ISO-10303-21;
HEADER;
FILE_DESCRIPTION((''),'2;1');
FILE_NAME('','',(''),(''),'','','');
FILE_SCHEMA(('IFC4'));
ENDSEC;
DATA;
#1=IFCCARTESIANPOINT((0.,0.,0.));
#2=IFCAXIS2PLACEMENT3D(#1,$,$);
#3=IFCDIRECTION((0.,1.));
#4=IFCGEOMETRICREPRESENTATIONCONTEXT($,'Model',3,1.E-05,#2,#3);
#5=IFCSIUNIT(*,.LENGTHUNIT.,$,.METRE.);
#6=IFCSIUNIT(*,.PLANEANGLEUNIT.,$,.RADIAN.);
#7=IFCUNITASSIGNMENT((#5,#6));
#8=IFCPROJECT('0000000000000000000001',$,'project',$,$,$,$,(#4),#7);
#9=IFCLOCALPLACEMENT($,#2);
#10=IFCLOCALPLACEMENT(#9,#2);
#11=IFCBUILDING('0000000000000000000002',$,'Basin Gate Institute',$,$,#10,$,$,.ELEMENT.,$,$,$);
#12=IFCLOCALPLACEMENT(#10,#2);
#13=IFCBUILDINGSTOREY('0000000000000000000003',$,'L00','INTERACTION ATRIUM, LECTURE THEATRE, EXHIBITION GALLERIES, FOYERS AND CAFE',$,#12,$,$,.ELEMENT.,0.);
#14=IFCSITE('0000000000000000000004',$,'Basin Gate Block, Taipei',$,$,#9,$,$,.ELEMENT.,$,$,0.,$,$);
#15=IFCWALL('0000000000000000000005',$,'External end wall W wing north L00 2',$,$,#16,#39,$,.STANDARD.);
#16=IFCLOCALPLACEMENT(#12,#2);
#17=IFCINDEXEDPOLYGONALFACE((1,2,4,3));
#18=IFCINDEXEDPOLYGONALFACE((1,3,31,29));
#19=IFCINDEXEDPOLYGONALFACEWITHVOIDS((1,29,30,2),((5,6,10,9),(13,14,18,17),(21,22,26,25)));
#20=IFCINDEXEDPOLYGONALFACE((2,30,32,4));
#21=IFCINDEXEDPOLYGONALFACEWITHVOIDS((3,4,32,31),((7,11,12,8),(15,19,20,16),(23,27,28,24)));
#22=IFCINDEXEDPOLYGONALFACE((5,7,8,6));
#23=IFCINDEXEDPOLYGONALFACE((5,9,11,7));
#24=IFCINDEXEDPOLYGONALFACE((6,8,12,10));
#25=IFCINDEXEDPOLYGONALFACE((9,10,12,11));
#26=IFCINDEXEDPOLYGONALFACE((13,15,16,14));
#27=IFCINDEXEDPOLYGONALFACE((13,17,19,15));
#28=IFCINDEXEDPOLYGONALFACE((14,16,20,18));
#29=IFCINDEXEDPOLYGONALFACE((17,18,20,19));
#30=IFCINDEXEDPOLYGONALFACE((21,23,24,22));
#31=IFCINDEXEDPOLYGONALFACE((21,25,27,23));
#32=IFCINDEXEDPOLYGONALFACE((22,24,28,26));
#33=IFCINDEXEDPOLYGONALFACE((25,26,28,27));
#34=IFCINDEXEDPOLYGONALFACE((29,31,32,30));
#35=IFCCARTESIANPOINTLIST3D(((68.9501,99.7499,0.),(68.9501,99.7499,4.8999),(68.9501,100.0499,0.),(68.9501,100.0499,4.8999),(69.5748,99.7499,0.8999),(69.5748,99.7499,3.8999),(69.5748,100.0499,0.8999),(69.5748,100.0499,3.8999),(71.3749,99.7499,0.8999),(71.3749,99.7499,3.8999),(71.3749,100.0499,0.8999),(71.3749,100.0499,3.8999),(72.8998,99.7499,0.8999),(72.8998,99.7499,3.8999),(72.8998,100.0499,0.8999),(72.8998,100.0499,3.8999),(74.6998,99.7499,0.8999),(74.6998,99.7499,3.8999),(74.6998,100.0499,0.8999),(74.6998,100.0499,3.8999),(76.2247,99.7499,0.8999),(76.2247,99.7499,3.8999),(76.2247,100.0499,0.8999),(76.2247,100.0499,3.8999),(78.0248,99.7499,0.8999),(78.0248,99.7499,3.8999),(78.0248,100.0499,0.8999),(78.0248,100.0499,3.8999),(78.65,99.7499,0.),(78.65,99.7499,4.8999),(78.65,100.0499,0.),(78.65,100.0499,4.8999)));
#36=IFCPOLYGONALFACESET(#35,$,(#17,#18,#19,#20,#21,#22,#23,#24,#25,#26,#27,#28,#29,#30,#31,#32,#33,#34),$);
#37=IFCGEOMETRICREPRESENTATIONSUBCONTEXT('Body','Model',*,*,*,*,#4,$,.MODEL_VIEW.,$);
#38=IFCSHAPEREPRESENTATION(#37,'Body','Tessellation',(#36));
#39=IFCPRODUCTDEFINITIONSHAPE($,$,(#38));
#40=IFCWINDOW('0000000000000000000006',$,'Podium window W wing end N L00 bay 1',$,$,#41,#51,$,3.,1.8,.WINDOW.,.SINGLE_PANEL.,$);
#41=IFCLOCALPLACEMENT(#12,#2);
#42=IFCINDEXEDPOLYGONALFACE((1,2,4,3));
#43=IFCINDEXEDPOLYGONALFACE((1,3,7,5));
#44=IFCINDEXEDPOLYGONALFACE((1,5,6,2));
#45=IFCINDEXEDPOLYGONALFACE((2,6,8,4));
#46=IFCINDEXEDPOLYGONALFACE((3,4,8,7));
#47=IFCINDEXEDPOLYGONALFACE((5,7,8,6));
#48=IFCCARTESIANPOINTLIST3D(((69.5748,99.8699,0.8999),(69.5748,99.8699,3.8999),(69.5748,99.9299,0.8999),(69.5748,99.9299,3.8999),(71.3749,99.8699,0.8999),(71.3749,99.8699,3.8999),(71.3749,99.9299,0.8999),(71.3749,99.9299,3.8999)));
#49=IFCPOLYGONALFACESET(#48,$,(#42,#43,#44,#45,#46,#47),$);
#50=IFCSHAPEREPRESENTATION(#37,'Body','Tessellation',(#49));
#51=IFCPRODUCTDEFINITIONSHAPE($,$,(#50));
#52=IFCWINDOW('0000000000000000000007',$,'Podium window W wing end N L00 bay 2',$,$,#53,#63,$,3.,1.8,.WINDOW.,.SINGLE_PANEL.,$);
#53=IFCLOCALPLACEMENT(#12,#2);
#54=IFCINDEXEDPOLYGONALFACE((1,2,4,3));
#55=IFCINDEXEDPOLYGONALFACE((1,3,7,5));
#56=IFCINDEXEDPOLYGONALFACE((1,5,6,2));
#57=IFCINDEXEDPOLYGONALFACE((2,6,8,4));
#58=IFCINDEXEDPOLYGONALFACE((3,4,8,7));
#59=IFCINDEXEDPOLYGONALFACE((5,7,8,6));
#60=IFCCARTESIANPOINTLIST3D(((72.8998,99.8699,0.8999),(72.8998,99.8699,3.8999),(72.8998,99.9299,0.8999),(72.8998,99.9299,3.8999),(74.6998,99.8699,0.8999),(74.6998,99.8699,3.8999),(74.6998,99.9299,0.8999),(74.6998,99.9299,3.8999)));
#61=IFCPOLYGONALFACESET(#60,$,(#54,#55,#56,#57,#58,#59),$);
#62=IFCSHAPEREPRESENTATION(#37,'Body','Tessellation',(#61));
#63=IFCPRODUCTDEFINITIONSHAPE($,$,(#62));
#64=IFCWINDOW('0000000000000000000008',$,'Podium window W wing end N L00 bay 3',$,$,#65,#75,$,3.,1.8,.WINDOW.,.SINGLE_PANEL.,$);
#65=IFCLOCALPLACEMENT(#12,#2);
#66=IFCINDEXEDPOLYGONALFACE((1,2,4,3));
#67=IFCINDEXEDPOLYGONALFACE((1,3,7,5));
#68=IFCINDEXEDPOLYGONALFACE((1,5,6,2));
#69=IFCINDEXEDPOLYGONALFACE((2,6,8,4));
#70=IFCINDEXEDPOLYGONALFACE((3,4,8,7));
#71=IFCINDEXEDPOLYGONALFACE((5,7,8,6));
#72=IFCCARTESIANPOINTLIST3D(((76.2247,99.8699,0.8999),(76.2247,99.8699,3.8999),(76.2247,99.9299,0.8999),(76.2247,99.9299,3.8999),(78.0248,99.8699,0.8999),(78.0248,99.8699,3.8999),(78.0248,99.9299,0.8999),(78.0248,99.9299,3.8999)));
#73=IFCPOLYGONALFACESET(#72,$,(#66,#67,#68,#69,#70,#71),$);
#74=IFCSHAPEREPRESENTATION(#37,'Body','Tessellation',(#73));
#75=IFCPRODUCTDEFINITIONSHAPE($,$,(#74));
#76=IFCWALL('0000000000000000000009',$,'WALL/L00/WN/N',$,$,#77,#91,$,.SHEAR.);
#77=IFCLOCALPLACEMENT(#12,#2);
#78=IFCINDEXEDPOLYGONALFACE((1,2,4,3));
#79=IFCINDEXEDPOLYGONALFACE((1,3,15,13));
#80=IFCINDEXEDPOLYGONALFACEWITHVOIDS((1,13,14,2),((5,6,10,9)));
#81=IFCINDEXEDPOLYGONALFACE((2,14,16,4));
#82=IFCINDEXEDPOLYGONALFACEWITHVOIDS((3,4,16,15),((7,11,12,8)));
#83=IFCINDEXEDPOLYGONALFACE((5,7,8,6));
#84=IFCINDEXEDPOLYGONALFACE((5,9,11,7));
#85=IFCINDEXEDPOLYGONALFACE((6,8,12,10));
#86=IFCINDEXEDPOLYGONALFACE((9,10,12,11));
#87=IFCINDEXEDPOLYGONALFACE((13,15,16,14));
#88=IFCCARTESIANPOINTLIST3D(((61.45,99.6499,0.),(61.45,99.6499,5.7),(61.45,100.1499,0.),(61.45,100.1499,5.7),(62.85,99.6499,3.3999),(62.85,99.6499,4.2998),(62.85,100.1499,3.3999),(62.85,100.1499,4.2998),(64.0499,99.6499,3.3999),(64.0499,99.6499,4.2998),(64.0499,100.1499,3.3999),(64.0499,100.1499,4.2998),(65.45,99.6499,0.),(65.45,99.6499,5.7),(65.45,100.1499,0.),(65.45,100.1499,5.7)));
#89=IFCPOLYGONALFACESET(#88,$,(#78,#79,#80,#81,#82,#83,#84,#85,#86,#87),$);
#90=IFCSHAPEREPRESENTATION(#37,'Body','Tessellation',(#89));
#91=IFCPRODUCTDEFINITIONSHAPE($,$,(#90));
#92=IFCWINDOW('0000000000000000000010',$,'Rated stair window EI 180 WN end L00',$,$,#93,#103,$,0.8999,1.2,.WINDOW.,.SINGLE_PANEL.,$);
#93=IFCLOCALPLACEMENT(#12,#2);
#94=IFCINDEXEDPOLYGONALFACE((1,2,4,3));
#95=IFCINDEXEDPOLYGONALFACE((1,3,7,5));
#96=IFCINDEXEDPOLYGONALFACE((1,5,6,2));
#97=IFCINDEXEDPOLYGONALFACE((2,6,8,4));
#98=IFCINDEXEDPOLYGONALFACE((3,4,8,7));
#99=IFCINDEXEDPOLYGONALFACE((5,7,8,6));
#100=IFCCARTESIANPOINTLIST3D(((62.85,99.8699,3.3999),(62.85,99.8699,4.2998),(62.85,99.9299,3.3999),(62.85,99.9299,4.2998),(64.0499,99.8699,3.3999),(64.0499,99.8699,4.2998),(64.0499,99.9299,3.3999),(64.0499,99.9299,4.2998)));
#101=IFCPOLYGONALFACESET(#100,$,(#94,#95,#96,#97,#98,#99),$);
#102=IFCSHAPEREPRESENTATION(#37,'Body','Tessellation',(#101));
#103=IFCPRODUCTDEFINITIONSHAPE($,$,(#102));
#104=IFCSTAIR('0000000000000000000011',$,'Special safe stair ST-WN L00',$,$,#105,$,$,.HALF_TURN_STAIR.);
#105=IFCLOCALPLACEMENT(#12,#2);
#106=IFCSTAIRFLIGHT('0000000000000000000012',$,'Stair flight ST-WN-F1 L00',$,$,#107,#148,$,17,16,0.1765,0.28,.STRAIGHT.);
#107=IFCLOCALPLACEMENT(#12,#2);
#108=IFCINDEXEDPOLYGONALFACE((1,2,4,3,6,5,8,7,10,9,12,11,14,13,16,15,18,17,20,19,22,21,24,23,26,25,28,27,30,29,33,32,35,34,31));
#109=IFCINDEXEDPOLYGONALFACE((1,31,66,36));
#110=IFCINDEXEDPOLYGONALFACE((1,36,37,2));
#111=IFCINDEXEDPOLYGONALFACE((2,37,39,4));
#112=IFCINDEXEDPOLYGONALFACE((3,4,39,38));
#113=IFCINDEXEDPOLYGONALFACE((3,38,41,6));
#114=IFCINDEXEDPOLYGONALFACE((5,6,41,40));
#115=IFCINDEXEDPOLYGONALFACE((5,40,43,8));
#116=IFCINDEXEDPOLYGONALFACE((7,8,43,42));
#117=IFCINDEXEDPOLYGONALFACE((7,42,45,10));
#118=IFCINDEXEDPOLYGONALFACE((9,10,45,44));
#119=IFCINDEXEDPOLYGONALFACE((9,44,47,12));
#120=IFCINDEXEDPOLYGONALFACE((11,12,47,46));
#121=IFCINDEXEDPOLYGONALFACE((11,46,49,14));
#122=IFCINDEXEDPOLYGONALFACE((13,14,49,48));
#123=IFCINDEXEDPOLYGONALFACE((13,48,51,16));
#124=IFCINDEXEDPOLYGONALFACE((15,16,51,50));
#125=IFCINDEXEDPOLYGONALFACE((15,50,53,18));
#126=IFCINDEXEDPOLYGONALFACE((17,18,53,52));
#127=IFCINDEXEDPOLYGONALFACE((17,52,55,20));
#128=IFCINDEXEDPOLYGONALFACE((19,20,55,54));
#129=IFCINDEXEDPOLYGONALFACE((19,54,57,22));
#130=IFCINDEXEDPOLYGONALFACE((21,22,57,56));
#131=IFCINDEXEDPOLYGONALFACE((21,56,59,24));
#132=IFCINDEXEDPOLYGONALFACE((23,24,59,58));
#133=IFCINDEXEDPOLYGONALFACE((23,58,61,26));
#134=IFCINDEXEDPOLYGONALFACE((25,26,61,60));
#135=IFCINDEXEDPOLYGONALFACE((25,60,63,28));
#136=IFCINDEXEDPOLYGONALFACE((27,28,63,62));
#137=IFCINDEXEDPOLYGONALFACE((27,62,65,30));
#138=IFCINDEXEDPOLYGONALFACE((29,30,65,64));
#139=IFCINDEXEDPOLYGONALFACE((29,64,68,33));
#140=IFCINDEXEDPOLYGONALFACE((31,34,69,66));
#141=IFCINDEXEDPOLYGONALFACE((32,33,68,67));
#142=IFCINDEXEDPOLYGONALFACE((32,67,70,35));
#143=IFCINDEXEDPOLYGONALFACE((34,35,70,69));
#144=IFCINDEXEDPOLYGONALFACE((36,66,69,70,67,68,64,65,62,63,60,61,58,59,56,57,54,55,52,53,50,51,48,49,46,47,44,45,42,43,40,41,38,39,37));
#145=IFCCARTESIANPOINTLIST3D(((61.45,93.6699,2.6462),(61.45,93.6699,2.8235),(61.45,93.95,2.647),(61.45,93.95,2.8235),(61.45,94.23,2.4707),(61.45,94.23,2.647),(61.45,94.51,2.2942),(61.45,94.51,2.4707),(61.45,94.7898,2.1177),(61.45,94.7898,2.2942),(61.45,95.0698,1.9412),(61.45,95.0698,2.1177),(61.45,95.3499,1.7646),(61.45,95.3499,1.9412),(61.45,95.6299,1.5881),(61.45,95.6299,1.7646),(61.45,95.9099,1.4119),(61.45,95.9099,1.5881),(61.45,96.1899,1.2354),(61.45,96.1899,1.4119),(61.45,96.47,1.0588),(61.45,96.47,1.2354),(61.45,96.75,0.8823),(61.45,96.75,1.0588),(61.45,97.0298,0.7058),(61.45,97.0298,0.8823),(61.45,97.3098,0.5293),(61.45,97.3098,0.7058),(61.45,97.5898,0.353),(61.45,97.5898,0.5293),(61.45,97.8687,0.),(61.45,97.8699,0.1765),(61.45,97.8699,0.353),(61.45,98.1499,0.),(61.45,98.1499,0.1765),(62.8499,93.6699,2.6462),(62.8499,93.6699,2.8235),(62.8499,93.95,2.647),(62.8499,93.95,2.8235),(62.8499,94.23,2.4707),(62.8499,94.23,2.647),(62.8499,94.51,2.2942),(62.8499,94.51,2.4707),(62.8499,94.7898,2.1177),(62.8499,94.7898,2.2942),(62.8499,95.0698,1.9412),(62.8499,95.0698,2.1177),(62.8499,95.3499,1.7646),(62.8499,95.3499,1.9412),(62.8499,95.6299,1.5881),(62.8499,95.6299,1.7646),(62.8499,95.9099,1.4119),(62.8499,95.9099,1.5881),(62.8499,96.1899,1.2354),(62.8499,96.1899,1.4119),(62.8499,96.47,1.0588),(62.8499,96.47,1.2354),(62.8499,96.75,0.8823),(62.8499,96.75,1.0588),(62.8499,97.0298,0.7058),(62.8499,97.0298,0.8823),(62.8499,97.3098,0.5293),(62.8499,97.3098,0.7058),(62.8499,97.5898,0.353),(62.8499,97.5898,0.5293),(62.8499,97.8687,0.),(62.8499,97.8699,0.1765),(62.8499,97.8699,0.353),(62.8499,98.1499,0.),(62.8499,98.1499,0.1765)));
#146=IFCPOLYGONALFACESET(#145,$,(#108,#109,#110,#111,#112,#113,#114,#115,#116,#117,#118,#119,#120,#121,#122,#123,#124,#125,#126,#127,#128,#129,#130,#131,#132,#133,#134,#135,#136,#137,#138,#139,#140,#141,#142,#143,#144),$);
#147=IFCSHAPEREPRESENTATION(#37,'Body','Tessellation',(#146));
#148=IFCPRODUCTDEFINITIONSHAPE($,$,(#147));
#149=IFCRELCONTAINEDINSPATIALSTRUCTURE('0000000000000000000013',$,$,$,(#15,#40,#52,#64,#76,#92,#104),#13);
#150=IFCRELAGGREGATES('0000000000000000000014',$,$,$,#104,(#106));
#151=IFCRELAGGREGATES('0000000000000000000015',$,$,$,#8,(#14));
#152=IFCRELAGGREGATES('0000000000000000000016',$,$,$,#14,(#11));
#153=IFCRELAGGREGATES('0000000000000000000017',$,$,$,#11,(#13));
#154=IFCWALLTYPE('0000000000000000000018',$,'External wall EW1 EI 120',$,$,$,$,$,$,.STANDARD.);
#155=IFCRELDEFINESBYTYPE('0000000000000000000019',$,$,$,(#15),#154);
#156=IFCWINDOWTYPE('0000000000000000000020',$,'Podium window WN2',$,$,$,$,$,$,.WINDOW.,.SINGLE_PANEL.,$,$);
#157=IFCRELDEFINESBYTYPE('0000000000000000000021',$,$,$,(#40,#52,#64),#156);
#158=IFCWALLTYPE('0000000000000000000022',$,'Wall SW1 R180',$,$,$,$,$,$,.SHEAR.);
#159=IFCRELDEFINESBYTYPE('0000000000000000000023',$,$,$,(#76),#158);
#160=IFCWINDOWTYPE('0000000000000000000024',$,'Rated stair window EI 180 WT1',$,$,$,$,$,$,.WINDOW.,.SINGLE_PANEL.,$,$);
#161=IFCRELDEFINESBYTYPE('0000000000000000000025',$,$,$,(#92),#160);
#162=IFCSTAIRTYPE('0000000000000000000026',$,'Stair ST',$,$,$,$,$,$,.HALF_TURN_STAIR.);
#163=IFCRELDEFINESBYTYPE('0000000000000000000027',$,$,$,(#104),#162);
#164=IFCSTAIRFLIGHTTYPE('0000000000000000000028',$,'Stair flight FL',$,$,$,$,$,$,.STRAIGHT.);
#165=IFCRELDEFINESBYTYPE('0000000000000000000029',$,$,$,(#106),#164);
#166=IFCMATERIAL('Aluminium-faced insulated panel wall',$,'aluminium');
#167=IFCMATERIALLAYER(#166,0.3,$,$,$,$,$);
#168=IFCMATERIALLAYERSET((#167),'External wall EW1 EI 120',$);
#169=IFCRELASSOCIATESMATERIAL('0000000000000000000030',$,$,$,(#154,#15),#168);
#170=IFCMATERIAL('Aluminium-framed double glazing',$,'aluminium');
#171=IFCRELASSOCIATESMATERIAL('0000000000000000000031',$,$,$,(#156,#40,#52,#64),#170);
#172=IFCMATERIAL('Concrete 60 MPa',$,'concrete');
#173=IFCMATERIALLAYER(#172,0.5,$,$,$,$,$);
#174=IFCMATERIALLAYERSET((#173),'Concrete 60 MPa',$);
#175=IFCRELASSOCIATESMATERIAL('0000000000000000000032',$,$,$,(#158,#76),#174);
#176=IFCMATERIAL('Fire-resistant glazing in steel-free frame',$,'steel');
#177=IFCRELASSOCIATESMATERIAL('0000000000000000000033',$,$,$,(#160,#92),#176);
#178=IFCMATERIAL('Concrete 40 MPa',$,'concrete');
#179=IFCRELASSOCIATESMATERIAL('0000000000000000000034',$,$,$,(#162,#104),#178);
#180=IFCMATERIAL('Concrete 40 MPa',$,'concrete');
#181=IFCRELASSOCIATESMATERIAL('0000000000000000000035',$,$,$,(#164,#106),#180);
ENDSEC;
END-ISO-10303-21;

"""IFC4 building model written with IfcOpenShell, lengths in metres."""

from ifc_helpers import new_model, si_unit, direction, frame, frame_2d, origin, place, context, subcontext, project, spatial, polyline, rectangle, outline, extrude, material, layer, layer_set, type_object, element, fill, aggregate, save


model = new_model("IFC4")

# Units and contexts
model_context = context("Model", 3, precision=1e-05, world=origin(), true_north=direction((0.0, 1.0)))
body_context = subcontext(model_context, "Body", "Model", "MODEL_VIEW")
ifc_project = project(units=[si_unit("LENGTHUNIT", "METRE"), si_unit("PLANEANGLEUNIT", "RADIAN")], contexts=[model_context])

# Site, building, storey
site_placement = place(None, origin())
site = spatial("IfcSite", under=ifc_project, at=site_placement, Name="Basin Gate Block, Taipei", CompositionType="ELEMENT", RefElevation=0.0)
building_placement = place(site_placement, origin())
building = spatial("IfcBuilding", under=site, at=building_placement, Name="Basin Gate Institute", CompositionType="ELEMENT")
storey_placement = place(building_placement, origin())
storey = spatial("IfcBuildingStorey", under=building, at=storey_placement, Name="L00", Description="INTERACTION ATRIUM, LECTURE THEATRE, EXHIBITION GALLERIES, FOYERS AND CAFE", CompositionType="ELEMENT", Elevation=0.0)

# Shared definitions
ifc_material_1 = material(Name="Aluminium-faced insulated panel wall", Category="aluminium")
ifc_layer_1 = layer(ifc_material_1, 0.3)
ifc_layer_set_1 = layer_set([ifc_layer_1], Name="External wall EW1 EI 120")
wall_type_1 = type_object("IfcWallType", Name="External wall EW1 EI 120", PredefinedType="STANDARD", material=ifc_layer_set_1)

# Wall, openings, windows
wall_1_placement = place(storey_placement, frame((68.95, 99.8999, 0.0), z_axis=(0.0, 0.0, 1.0), x_axis=(1.0, 0.0, 0.0)))
wall_1 = element("IfcWall", 1, at=wall_1_placement, inside=storey, type_object=wall_type_1, material=ifc_layer_set_1, Name="External end wall W wing north L00 2", PredefinedType="STANDARD", context=body_context, shape_type="SweptSolid", body=[
    extrude(rectangle(XDim=9.7, YDim=0.3, at=frame_2d((4.8501, 0.0))), origin(), (0.0, 0.0, 1.0), 4.8999),
])
opening_1_placement = place(wall_1_placement, frame((0.625, 0.0, 0.8999)))
opening_1 = element("IfcOpeningElement", 2, at=opening_1_placement, cuts=wall_1, PredefinedType="OPENING", context=body_context, shape_type="SweptSolid", body=[
    extrude(rectangle(XDim=1.8, YDim=3.0, at=frame_2d((0.8999, 1.5))), frame((0.0, 0.1602, 0.0), z_axis=(0.0, -1.0, 0.0), x_axis=(1.0, 0.0, 0.0)), (0.0, 0.0, 1.0), 0.3201),
])
opening_2_placement = place(wall_1_placement, frame((3.95, 0.0, 0.8999)))
opening_2 = element("IfcOpeningElement", 3, at=opening_2_placement, cuts=wall_1, PredefinedType="OPENING", context=body_context, shape_type="SweptSolid", body=[
    extrude(rectangle(XDim=1.8, YDim=3.0, at=frame_2d((0.8999, 1.5))), frame((0.0, 0.1602, 0.0), z_axis=(0.0, -1.0, 0.0), x_axis=(1.0, 0.0, 0.0)), (0.0, 0.0, 1.0), 0.3201),
])
opening_3_placement = place(wall_1_placement, frame((7.2749, 0.0, 0.8999)))
opening_3 = element("IfcOpeningElement", 4, at=opening_3_placement, cuts=wall_1, PredefinedType="OPENING", context=body_context, shape_type="SweptSolid", body=[
    extrude(rectangle(XDim=1.8, YDim=3.0, at=frame_2d((0.8999, 1.5))), frame((0.0, 0.1602, 0.0), z_axis=(0.0, -1.0, 0.0), x_axis=(1.0, 0.0, 0.0)), (0.0, 0.0, 1.0), 0.3201),
])
ifc_material_2 = material(Name="Aluminium-framed double glazing", Category="aluminium")
window_type_1 = type_object("IfcWindowType", Name="Podium window WN2", PartitioningType="SINGLE_PANEL", PredefinedType="WINDOW", material=ifc_material_2)
window_1_placement = place(opening_1_placement, origin())
window_1 = element("IfcWindow", 5, at=window_1_placement, inside=storey, type_object=window_type_1, material=ifc_material_2, Name="Podium window W wing end N L00 bay 1", OverallHeight=3.0, OverallWidth=1.8, PartitioningType="SINGLE_PANEL", PredefinedType="WINDOW", context=body_context, shape_type="SweptSolid", body=[
    extrude(rectangle(XDim=1.8, YDim=3.0, at=frame_2d((0.8999, 1.5))), frame((0.0, 0.03, 0.0), z_axis=(0.0, -1.0, 0.0), x_axis=(1.0, 0.0, 0.0)), (0.0, 0.0, 1.0), 0.0601),
])
fill(opening_1, window_1)
window_2_placement = place(opening_2_placement, origin())
window_2 = element("IfcWindow", 6, at=window_2_placement, inside=storey, type_object=window_type_1, material=ifc_material_2, Name="Podium window W wing end N L00 bay 2", OverallHeight=3.0, OverallWidth=1.8, PartitioningType="SINGLE_PANEL", PredefinedType="WINDOW", context=body_context, shape_type="SweptSolid", body=[
    extrude(rectangle(XDim=1.8, YDim=3.0, at=frame_2d((0.8999, 1.5))), frame((0.0, 0.03, 0.0), z_axis=(0.0, -1.0, 0.0), x_axis=(1.0, 0.0, 0.0)), (0.0, 0.0, 1.0), 0.0601),
])
fill(opening_2, window_2)
window_3_placement = place(opening_3_placement, origin())
window_3 = element("IfcWindow", 7, at=window_3_placement, inside=storey, type_object=window_type_1, material=ifc_material_2, Name="Podium window W wing end N L00 bay 3", OverallHeight=3.0, OverallWidth=1.8, PartitioningType="SINGLE_PANEL", PredefinedType="WINDOW", context=body_context, shape_type="SweptSolid", body=[
    extrude(rectangle(XDim=1.8, YDim=3.0, at=frame_2d((0.8999, 1.5))), frame((0.0, 0.03, 0.0), z_axis=(0.0, -1.0, 0.0), x_axis=(1.0, 0.0, 0.0)), (0.0, 0.0, 1.0), 0.0601),
])
fill(opening_3, window_3)

# Wall, opening, window
ifc_material_3 = material(Name="Concrete 60 MPa", Category="concrete")
ifc_layer_2 = layer(ifc_material_3, 0.5)
ifc_layer_set_2 = layer_set([ifc_layer_2], Name="Concrete 60 MPa")
wall_type_2 = type_object("IfcWallType", Name="Wall SW1 R180", PredefinedType="SHEAR", material=ifc_layer_set_2)
wall_2_placement = place(storey_placement, frame((61.45, 99.8999, 0.0), z_axis=(0.0, 0.0, 1.0), x_axis=(1.0, 0.0, 0.0)))
wall_2 = element("IfcWall", 8, at=wall_2_placement, inside=storey, type_object=wall_type_2, material=ifc_layer_set_2, Name="WALL/L00/WN/N", PredefinedType="SHEAR", context=body_context, shape_type="SweptSolid", body=[
    extrude(rectangle(XDim=4.0, YDim=0.5, at=frame_2d((2.0, 0.0))), origin(), (0.0, 0.0, 1.0), 5.7),
])
opening_4_placement = place(wall_2_placement, frame((1.3999, 0.0, 3.3999)))
opening_4 = element("IfcOpeningElement", 9, at=opening_4_placement, cuts=wall_2, PredefinedType="OPENING", context=body_context, shape_type="SweptSolid", body=[
    extrude(rectangle(XDim=1.2, YDim=0.8999, at=frame_2d((0.6001, 0.45))), frame((0.0, 0.26, 0.0), z_axis=(0.0, -1.0, 0.0), x_axis=(1.0, 0.0, 0.0)), (0.0, 0.0, 1.0), 0.52),
])
ifc_material_4 = material(Name="Fire-resistant glazing in steel-free frame", Category="steel")
window_type_2 = type_object("IfcWindowType", Name="Rated stair window EI 180 WT1", PartitioningType="SINGLE_PANEL", PredefinedType="WINDOW", material=ifc_material_4)
window_4_placement = place(opening_4_placement, origin())
window_4 = element("IfcWindow", 10, at=window_4_placement, inside=storey, type_object=window_type_2, material=ifc_material_4, Name="Rated stair window EI 180 WN end L00", OverallHeight=0.8999, OverallWidth=1.2, PartitioningType="SINGLE_PANEL", PredefinedType="WINDOW", context=body_context, shape_type="SweptSolid", body=[
    extrude(rectangle(XDim=1.2, YDim=0.8999, at=frame_2d((0.6001, 0.45))), frame((0.0, 0.03, 0.0), z_axis=(0.0, -1.0, 0.0), x_axis=(1.0, 0.0, 0.0)), (0.0, 0.0, 1.0), 0.0601),
])
fill(opening_4, window_4)

# Stair, stair flight
ifc_material_5 = material(Name="Concrete 40 MPa", Category="concrete")
stair_type = type_object("IfcStairType", Name="Stair ST", PredefinedType="HALF_TURN_STAIR", material=ifc_material_5)
stair_placement = place(storey_placement, origin())
stair = element("IfcStair", 11, at=stair_placement, inside=storey, type_object=stair_type, material=ifc_material_5, Name="Special safe stair ST-WN L00", PredefinedType="HALF_TURN_STAIR")
ifc_material_6 = material(Name="Concrete 40 MPa", Category="concrete")
stair_flight_type = type_object("IfcStairFlightType", Name="Stair flight FL", PredefinedType="STRAIGHT", material=ifc_material_6)
stair_flight_placement = place(storey_placement, frame((62.1499, 98.1499, 0.0), z_axis=(0.0, 0.0, 1.0), x_axis=(0.0, -1.0, 0.0)))
stair_flight = element("IfcStairFlight", 12, at=stair_flight_placement, type_object=stair_flight_type, material=ifc_material_6, Name="Stair flight ST-WN-F1 L00", NumberOfRisers=17, NumberOfTreads=16, PredefinedType="STRAIGHT", RiserHeight=0.1765, TreadLength=0.28, context=body_context, shape_type="SweptSolid", body=[
    extrude(outline(polyline([(0.0, 0.0), (0.0, 0.1765), (0.28, 0.1765), (0.28, 0.353), (0.5601, 0.353), (0.5601, 0.5293), (0.8401, 0.5293), (0.8401, 0.7058), (1.1201, 0.7058), (1.1201, 0.8823), (1.3999, 0.8823), (1.3999, 1.0588), (1.6799, 1.0588), (1.6799, 1.2354), (1.96, 1.2354), (1.96, 1.4119), (2.24, 1.4119), (2.24, 1.5881), (2.52, 1.5881), (2.52, 1.7646), (2.8, 1.7646), (2.8, 1.9412), (3.0801, 1.9412), (3.0801, 2.1177), (3.3601, 2.1177), (3.3601, 2.2942), (3.6399, 2.2942), (3.6399, 2.4707), (3.9199, 2.4707), (3.9199, 2.647), (4.2, 2.647), (4.2, 2.8235), (4.48, 2.8235), (4.48, 3.0), (4.48, 2.6462), (0.2812, 0.0), (0.0, 0.0)])), frame((0.0, 0.7, 0.0), z_axis=(0.0, -1.0, 0.0), x_axis=(1.0, 0.0, 0.0)), (0.0, 0.0, 1.0), 1.3999),
])
aggregate(stair, [stair_flight])

save(model, "model.ifc")
